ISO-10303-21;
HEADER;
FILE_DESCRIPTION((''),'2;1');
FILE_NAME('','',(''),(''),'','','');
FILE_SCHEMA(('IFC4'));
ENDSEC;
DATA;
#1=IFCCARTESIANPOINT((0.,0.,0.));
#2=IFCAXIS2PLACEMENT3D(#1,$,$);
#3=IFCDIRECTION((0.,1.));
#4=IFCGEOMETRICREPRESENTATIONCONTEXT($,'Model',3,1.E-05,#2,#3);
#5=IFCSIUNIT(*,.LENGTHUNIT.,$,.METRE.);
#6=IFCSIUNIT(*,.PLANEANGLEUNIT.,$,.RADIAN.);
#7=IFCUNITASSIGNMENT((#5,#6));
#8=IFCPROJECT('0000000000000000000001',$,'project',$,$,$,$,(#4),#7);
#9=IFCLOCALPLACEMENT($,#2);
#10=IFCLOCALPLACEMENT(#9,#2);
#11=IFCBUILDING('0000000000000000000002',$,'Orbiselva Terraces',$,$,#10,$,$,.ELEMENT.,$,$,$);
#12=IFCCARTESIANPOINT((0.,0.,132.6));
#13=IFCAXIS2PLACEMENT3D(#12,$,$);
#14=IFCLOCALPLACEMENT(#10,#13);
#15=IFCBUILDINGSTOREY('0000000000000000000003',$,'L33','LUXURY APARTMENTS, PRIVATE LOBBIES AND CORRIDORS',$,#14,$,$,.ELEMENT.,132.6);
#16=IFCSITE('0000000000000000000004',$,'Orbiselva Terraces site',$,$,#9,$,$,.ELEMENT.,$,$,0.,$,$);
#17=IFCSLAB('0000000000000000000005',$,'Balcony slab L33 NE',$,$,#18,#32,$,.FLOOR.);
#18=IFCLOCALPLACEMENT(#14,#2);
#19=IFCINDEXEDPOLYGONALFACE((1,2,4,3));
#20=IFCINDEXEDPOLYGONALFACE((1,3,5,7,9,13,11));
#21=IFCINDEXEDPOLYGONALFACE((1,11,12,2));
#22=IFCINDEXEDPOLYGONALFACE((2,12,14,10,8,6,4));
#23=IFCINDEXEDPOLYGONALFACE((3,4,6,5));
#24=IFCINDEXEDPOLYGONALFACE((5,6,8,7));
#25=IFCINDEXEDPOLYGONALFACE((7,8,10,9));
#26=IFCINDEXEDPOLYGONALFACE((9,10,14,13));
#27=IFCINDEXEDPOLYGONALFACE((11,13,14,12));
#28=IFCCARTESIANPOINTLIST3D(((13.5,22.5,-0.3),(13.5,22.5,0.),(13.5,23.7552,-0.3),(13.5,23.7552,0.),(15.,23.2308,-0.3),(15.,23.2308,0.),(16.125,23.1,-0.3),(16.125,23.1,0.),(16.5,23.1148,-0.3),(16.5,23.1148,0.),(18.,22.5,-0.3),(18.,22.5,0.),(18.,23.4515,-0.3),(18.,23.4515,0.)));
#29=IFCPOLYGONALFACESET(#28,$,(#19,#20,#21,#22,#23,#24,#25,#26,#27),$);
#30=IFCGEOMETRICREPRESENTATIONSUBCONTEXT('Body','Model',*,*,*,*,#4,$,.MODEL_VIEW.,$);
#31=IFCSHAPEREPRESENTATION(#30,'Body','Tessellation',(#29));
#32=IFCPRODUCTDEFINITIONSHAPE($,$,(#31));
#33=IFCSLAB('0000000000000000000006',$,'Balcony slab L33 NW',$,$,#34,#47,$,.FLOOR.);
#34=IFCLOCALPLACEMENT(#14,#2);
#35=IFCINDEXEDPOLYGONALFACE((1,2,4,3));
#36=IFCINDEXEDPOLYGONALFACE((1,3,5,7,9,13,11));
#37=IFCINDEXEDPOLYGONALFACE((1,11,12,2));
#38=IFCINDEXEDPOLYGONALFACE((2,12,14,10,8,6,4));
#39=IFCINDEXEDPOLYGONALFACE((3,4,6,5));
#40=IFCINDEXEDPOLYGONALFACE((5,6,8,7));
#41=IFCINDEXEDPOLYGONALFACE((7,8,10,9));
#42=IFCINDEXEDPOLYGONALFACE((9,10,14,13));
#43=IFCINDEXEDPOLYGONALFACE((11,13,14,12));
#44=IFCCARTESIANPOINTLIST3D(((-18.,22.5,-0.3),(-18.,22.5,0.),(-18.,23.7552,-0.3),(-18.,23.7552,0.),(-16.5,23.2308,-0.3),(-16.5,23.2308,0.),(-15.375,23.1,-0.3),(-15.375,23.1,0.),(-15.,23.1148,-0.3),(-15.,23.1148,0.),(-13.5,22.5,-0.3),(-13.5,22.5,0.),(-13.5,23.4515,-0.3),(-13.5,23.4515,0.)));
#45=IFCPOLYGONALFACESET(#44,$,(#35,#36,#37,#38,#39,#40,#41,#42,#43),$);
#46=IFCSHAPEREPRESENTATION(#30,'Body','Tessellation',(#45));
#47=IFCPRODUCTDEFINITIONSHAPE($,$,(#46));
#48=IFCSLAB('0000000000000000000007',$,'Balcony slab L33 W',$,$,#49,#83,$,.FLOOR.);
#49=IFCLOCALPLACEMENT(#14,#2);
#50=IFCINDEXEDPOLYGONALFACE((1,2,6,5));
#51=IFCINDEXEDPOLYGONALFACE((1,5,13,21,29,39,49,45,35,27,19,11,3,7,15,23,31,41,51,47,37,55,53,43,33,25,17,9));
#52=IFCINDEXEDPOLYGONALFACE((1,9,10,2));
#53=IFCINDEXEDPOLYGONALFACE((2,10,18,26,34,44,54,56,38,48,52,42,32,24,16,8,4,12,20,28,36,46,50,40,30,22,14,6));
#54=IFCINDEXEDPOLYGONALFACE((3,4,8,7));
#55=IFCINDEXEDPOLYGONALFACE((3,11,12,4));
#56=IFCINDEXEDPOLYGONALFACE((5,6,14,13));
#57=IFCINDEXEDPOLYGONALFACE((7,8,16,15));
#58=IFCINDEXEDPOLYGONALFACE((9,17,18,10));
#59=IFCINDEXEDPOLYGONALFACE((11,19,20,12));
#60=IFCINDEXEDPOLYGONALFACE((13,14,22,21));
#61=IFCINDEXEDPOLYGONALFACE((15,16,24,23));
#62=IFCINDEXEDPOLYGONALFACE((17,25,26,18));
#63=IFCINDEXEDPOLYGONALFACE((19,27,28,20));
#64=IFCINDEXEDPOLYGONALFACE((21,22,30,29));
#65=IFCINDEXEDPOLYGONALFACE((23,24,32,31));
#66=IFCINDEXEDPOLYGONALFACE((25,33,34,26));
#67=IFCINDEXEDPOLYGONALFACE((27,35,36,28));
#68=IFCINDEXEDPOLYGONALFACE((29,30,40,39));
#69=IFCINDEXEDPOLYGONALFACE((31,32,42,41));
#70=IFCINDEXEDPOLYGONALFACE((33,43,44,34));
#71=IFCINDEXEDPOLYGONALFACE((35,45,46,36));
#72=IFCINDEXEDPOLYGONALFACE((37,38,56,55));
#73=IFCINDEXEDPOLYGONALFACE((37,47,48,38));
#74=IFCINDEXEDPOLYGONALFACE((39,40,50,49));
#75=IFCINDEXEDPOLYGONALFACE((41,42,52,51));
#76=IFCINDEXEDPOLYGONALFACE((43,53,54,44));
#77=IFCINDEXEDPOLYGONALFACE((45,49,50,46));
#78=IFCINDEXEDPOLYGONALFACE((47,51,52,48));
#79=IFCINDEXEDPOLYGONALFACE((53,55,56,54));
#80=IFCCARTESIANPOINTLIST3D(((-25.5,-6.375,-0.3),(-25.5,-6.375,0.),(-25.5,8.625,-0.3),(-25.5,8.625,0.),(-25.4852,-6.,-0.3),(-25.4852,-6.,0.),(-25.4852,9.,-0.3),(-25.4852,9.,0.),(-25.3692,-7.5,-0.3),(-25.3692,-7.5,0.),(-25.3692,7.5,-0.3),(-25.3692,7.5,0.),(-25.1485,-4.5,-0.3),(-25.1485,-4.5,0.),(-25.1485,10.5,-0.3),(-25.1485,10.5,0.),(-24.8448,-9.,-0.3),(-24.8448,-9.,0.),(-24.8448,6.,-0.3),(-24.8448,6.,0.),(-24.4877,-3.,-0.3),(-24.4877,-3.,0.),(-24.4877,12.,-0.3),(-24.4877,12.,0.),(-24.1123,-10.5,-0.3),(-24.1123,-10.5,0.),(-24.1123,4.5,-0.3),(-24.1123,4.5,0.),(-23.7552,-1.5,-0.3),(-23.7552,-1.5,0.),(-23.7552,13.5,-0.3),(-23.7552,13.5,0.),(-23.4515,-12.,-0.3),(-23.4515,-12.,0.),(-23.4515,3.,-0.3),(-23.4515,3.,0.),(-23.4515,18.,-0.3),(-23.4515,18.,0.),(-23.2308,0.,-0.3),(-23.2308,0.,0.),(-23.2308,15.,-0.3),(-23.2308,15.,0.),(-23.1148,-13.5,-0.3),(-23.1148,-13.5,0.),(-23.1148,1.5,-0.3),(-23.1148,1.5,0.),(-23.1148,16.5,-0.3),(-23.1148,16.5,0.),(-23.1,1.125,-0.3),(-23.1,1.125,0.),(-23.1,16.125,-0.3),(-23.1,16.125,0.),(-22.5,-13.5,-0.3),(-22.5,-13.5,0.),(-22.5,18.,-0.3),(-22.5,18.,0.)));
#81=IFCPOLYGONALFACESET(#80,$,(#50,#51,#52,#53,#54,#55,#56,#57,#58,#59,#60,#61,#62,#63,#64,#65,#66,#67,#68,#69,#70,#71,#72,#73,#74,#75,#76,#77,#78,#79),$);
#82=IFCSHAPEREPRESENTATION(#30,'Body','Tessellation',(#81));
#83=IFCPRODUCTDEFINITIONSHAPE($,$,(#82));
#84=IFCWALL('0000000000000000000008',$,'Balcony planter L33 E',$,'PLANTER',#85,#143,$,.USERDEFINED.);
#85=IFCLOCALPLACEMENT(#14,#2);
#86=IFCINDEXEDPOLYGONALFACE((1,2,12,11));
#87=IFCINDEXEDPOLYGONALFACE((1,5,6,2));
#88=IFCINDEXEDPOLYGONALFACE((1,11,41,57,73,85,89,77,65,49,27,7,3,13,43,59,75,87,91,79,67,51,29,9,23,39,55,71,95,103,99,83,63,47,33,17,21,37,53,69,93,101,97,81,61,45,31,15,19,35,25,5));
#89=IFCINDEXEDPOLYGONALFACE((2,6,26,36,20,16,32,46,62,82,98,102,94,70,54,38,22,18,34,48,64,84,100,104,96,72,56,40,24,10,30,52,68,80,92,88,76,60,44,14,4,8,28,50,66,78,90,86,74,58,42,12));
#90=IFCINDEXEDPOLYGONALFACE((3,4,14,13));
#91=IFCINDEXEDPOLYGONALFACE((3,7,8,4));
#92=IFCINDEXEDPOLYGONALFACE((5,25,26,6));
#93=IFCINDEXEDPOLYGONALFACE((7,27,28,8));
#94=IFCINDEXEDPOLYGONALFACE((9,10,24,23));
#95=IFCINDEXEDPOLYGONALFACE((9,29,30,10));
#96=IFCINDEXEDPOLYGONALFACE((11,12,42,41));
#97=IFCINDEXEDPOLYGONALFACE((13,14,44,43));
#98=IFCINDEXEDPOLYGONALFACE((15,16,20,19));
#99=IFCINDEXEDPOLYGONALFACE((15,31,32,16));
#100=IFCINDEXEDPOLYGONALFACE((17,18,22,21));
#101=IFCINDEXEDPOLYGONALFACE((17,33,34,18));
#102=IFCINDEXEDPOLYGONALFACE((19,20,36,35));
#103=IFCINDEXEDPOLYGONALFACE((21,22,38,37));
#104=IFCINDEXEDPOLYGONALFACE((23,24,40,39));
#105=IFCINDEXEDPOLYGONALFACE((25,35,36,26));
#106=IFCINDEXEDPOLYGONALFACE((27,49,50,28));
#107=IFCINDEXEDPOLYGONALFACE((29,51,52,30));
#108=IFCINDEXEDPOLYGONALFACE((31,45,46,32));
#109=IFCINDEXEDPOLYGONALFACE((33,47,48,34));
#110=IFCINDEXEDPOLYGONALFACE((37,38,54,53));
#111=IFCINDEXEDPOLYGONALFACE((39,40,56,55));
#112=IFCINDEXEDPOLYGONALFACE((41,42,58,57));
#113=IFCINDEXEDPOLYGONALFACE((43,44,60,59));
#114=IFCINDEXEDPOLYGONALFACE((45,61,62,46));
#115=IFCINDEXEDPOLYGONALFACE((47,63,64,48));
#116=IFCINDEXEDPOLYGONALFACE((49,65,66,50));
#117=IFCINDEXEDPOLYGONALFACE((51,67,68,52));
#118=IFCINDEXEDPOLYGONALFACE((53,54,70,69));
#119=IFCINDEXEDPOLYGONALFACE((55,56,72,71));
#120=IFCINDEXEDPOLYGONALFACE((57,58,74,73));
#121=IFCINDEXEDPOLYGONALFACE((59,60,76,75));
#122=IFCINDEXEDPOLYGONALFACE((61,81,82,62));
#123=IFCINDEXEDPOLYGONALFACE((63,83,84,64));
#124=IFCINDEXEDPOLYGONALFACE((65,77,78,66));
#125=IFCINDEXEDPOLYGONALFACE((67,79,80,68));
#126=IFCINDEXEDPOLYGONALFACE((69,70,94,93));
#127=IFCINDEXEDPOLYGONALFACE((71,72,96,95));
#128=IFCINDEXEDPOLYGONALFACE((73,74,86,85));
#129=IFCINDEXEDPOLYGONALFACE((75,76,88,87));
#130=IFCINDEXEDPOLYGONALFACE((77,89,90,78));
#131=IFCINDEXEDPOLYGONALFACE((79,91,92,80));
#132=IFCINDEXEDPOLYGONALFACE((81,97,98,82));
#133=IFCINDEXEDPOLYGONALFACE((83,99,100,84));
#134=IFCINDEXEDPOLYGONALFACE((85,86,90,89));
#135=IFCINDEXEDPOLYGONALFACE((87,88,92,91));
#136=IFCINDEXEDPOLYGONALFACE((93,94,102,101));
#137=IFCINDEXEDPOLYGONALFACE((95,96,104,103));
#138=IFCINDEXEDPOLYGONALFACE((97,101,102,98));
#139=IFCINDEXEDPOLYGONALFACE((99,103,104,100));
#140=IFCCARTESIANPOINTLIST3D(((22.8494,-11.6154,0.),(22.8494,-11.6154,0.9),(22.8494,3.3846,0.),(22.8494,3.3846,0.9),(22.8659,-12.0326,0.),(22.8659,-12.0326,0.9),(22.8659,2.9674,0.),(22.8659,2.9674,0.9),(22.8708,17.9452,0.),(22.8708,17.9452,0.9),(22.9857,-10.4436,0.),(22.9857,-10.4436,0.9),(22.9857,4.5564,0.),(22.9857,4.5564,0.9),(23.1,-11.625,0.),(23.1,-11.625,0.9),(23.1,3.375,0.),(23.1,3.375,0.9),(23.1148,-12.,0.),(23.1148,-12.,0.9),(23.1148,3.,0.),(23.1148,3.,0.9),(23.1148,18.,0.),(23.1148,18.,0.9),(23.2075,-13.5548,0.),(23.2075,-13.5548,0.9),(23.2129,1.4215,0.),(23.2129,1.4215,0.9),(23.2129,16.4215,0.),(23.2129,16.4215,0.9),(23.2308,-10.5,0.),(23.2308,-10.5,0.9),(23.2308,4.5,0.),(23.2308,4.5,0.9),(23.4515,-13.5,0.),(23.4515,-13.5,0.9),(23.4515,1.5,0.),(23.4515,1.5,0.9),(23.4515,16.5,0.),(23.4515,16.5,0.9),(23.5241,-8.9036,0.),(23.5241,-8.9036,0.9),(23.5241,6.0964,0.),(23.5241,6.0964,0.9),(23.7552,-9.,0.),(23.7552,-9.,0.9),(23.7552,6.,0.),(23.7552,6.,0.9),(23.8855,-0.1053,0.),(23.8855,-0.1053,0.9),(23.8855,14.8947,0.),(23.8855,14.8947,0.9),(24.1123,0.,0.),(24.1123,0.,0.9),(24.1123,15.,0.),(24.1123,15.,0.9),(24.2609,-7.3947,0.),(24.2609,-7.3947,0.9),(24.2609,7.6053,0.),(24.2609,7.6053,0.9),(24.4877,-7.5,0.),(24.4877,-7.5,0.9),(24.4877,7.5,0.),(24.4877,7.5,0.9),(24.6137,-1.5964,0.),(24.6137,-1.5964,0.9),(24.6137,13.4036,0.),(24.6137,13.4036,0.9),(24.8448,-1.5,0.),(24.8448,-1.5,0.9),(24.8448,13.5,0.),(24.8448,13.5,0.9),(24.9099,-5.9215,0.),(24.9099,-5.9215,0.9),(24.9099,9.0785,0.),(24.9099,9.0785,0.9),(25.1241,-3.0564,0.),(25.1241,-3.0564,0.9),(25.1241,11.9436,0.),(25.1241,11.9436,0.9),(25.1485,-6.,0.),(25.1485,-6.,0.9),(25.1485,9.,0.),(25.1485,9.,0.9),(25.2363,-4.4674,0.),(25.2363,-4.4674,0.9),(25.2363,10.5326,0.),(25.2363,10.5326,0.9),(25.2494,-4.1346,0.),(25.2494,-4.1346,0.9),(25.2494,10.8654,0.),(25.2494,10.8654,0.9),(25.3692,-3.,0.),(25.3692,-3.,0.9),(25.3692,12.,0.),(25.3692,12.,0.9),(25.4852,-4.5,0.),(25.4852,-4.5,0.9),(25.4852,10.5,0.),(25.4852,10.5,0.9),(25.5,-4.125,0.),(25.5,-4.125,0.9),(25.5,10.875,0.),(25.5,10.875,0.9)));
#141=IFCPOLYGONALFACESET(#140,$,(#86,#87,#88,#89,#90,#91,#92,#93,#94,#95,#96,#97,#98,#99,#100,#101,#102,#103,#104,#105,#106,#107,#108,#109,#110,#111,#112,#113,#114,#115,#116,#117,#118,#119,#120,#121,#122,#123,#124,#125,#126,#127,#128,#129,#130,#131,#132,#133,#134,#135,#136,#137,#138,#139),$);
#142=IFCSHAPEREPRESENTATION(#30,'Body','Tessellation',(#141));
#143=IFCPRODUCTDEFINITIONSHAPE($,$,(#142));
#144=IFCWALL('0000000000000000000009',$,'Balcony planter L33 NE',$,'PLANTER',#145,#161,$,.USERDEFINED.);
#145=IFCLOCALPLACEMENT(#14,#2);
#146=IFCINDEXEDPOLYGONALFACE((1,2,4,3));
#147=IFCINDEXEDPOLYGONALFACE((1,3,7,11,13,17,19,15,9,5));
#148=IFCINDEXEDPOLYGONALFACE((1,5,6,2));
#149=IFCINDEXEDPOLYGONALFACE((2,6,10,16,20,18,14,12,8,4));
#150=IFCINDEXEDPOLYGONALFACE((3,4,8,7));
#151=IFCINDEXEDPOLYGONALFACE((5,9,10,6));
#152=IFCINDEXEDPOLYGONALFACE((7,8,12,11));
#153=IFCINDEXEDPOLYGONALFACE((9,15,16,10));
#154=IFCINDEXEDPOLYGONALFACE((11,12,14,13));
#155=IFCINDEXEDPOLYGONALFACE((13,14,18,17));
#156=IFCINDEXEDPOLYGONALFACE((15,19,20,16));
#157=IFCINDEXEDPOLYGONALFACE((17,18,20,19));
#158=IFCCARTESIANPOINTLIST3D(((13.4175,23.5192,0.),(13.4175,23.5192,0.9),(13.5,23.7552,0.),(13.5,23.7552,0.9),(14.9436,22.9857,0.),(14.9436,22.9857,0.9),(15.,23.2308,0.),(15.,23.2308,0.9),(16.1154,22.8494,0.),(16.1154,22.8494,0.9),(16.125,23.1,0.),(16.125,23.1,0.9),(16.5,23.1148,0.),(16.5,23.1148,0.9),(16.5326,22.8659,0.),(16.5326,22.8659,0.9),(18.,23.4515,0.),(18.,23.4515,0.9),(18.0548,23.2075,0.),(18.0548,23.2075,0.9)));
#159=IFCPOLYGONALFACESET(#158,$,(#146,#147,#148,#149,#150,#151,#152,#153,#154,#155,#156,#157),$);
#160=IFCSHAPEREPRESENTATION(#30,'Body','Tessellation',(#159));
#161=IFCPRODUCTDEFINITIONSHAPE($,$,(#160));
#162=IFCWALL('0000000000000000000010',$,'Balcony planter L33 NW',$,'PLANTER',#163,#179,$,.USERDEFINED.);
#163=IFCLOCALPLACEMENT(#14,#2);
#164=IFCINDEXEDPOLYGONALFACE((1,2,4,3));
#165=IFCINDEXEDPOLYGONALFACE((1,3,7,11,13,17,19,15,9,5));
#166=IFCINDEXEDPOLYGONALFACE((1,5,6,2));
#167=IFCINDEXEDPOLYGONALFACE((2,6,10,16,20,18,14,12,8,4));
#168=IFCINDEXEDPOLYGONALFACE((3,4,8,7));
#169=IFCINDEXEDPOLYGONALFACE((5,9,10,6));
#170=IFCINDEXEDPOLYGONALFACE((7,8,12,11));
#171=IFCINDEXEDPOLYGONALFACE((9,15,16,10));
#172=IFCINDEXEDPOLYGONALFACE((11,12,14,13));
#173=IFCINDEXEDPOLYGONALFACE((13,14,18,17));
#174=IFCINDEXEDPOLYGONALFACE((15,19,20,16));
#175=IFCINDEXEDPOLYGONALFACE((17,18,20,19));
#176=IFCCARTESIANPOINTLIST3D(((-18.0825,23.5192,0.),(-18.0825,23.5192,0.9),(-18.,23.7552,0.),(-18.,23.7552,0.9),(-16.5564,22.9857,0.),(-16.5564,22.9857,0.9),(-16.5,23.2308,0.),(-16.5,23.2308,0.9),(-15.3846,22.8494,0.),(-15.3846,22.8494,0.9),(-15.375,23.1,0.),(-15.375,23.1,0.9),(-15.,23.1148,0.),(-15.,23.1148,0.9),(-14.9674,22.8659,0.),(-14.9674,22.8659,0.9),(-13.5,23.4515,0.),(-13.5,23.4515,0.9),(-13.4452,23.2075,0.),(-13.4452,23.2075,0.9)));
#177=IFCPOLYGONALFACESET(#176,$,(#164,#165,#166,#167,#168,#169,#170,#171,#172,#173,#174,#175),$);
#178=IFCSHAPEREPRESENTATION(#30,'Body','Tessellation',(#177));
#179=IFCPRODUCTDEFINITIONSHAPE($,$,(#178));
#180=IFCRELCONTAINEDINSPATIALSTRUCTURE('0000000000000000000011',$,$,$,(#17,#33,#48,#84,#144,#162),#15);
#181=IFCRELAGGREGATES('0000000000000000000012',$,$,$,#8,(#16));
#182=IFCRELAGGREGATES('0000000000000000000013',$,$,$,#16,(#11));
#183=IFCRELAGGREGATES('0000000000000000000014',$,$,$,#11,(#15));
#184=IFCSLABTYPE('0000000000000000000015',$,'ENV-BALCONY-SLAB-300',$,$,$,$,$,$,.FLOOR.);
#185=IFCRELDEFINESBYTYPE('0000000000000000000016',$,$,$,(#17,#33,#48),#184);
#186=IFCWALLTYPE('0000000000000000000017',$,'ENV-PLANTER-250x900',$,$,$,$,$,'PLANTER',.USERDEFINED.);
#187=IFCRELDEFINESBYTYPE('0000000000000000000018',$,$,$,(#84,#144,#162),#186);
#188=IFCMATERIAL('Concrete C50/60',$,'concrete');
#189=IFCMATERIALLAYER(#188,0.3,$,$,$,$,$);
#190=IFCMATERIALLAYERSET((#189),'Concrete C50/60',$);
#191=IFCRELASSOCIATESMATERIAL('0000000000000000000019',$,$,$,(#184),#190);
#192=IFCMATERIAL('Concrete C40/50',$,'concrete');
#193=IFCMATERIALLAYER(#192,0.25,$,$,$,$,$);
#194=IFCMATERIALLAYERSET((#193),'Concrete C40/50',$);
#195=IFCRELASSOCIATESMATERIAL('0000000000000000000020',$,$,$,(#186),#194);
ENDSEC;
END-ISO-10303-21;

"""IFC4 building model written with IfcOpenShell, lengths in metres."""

from ifc_helpers import new_model, si_unit, direction, frame, origin, place, context, subcontext, project, spatial, polyline, outline, extrude, material, layer, layer_set, type_object, element, save


model = new_model("IFC4")

# Units and contexts
model_context = context("Model", 3, precision=1e-05, world=origin(), true_north=direction((0.0, 1.0)))
body_context = subcontext(model_context, "Body", "Model", "MODEL_VIEW")
ifc_project = project(units=[si_unit("LENGTHUNIT", "METRE"), si_unit("PLANEANGLEUNIT", "RADIAN")], contexts=[model_context])

# Site, building, storey
site_placement = place(None, origin())
site = spatial("IfcSite", under=ifc_project, at=site_placement, Name="Orbiselva Terraces site", CompositionType="ELEMENT", RefElevation=0.0)
building_placement = place(site_placement, origin())
building = spatial("IfcBuilding", under=site, at=building_placement, Name="Orbiselva Terraces", CompositionType="ELEMENT")
storey_placement = place(building_placement, frame((0.0, 0.0, 132.6)))
storey = spatial("IfcBuildingStorey", under=building, at=storey_placement, Name="L33", Description="LUXURY APARTMENTS, PRIVATE LOBBIES AND CORRIDORS", CompositionType="ELEMENT", Elevation=132.6)

# Shared definitions
ifc_material_1 = material(Name="Concrete C40/50", Category="concrete")

# Slabs
ifc_material_2 = material(Name="Concrete C50/60", Category="concrete")
ifc_layer_1 = layer(ifc_material_2, 0.3)
ifc_layer_set_1 = layer_set([ifc_layer_1], Name="Concrete C50/60")
slab_type_1 = type_object("IfcSlabType", Name="ENV-BALCONY-SLAB-300", PredefinedType="FLOOR", material=ifc_layer_set_1)
slab_1_placement = place(storey_placement, frame((0.0, 0.0, -0.3)))
element("IfcSlab", 1, at=slab_1_placement, inside=storey, type_object=slab_type_1, Name="Balcony slab L33 NE", PredefinedType="FLOOR", context=body_context, shape_type="SweptSolid", body=[
    extrude(outline(polyline([(18.0, 23.4515), (16.5, 23.1148), (16.125, 23.1), (15.0, 23.2308), (13.5, 23.7552), (13.5, 22.5), (18.0, 22.5), (18.0, 23.4515)])), origin(), (0.0, 0.0, 1.0), 0.3),
])
slab_2_placement = place(storey_placement, frame((0.0, 0.0, -0.3)))
element("IfcSlab", 2, at=slab_2_placement, inside=storey, type_object=slab_type_1, Name="Balcony slab L33 NW", PredefinedType="FLOOR", context=body_context, shape_type="SweptSolid", body=[
    extrude(outline(polyline([(-13.5, 23.4515), (-15.0, 23.1148), (-15.375, 23.1), (-16.5, 23.2308), (-18.0, 23.7552), (-18.0, 22.5), (-13.5, 22.5), (-13.5, 23.4515)])), origin(), (0.0, 0.0, 1.0), 0.3),
])
slab_3_placement = place(storey_placement, frame((0.0, 0.0, -0.3)))
element("IfcSlab", 3, at=slab_3_placement, inside=storey, type_object=slab_type_1, Name="Balcony slab L33 W", PredefinedType="FLOOR", context=body_context, shape_type="SweptSolid", body=[
    extrude(outline(polyline([(-23.4515, 18.0), (-23.1148, 16.5), (-23.1, 16.125), (-23.2308, 15.0), (-23.7552, 13.5), (-24.4877, 12.0), (-25.1485, 10.5), (-25.4852, 9.0), (-25.5, 8.625), (-25.3692, 7.5), (-24.8448, 6.0), (-24.1123, 4.5), (-23.4515, 3.0), (-23.1148, 1.5), (-23.1, 1.125), (-23.2308, 0.0), (-23.7552, -1.5), (-24.4877, -3.0), (-25.1485, -4.5), (-25.4852, -6.0), (-25.5, -6.375), (-25.3692, -7.5), (-24.8448, -9.0), (-24.1123, -10.5), (-23.4515, -12.0), (-23.1148, -13.5), (-22.5, -13.5), (-22.5, 18.0), (-23.4515, 18.0)])), origin(), (0.0, 0.0, 1.0), 0.3),
])

# Walls
ifc_layer_2 = layer(ifc_material_1, 0.25)
ifc_layer_set_2 = layer_set([ifc_layer_2], Name="Concrete C40/50")
wall_type = type_object("IfcWallType", Name="ENV-PLANTER-250x900", ElementType="PLANTER", PredefinedType="USERDEFINED", material=ifc_layer_set_2)
wall_1_placement = place(storey_placement, origin())
element("IfcWall", 4, at=wall_1_placement, inside=storey, type_object=wall_type, Name="Balcony planter L33 E", ObjectType="PLANTER", PredefinedType="USERDEFINED", context=body_context, shape_type="SweptSolid", body=[
    extrude(outline(polyline([(23.4515, -13.5), (23.1148, -12.0), (23.1, -11.625), (23.2308, -10.5), (23.7552, -9.0), (24.4877, -7.5), (25.1485, -6.0), (25.4852, -4.5), (25.5, -4.125), (25.3692, -3.0), (24.8448, -1.5), (24.1123, 0.0), (23.4515, 1.5), (23.1148, 3.0), (23.1, 3.375), (23.2308, 4.5), (23.7552, 6.0), (24.4877, 7.5), (25.1485, 9.0), (25.4852, 10.5), (25.5, 10.875), (25.3692, 12.0), (24.8448, 13.5), (24.1123, 15.0), (23.4515, 16.5), (23.1148, 18.0), (22.8708, 17.9452), (23.2129, 16.4215), (23.8855, 14.8947), (24.6137, 13.4036), (25.1241, 11.9436), (25.2494, 10.8654), (25.2363, 10.5326), (24.9099, 9.0785), (24.2609, 7.6053), (23.5241, 6.0964), (22.9857, 4.5564), (22.8494, 3.3846), (22.8659, 2.9674), (23.2129, 1.4215), (23.8855, -0.1053), (24.6137, -1.5964), (25.1241, -3.0564), (25.2494, -4.1346), (25.2363, -4.4674), (24.9099, -5.9215), (24.2609, -7.3947), (23.5241, -8.9036), (22.9857, -10.4436), (22.8494, -11.6154), (22.8659, -12.0326), (23.2075, -13.5548), (23.4515, -13.5)])), origin(), (0.0, 0.0, 1.0), 0.9),
])
wall_2_placement = place(storey_placement, origin())
element("IfcWall", 5, at=wall_2_placement, inside=storey, type_object=wall_type, Name="Balcony planter L33 NE", ObjectType="PLANTER", PredefinedType="USERDEFINED", context=body_context, shape_type="SweptSolid", body=[
    extrude(outline(polyline([(18.0, 23.4515), (16.5, 23.1148), (16.125, 23.1), (15.0, 23.2308), (13.5, 23.7552), (13.4175, 23.5192), (14.9436, 22.9857), (16.1154, 22.8494), (16.5326, 22.8659), (18.0548, 23.2075), (18.0, 23.4515)])), origin(), (0.0, 0.0, 1.0), 0.9),
])
wall_3_placement = place(storey_placement, origin())
element("IfcWall", 6, at=wall_3_placement, inside=storey, type_object=wall_type, Name="Balcony planter L33 NW", ObjectType="PLANTER", PredefinedType="USERDEFINED", context=body_context, shape_type="SweptSolid", body=[
    extrude(outline(polyline([(-13.5, 23.4515), (-15.0, 23.1148), (-15.375, 23.1), (-16.5, 23.2308), (-18.0, 23.7552), (-18.0825, 23.5192), (-16.5564, 22.9857), (-15.3846, 22.8494), (-14.9674, 22.8659), (-13.4452, 23.2075), (-13.5, 23.4515)])), origin(), (0.0, 0.0, 1.0), 0.9),
])

save(model, "model.ifc")
